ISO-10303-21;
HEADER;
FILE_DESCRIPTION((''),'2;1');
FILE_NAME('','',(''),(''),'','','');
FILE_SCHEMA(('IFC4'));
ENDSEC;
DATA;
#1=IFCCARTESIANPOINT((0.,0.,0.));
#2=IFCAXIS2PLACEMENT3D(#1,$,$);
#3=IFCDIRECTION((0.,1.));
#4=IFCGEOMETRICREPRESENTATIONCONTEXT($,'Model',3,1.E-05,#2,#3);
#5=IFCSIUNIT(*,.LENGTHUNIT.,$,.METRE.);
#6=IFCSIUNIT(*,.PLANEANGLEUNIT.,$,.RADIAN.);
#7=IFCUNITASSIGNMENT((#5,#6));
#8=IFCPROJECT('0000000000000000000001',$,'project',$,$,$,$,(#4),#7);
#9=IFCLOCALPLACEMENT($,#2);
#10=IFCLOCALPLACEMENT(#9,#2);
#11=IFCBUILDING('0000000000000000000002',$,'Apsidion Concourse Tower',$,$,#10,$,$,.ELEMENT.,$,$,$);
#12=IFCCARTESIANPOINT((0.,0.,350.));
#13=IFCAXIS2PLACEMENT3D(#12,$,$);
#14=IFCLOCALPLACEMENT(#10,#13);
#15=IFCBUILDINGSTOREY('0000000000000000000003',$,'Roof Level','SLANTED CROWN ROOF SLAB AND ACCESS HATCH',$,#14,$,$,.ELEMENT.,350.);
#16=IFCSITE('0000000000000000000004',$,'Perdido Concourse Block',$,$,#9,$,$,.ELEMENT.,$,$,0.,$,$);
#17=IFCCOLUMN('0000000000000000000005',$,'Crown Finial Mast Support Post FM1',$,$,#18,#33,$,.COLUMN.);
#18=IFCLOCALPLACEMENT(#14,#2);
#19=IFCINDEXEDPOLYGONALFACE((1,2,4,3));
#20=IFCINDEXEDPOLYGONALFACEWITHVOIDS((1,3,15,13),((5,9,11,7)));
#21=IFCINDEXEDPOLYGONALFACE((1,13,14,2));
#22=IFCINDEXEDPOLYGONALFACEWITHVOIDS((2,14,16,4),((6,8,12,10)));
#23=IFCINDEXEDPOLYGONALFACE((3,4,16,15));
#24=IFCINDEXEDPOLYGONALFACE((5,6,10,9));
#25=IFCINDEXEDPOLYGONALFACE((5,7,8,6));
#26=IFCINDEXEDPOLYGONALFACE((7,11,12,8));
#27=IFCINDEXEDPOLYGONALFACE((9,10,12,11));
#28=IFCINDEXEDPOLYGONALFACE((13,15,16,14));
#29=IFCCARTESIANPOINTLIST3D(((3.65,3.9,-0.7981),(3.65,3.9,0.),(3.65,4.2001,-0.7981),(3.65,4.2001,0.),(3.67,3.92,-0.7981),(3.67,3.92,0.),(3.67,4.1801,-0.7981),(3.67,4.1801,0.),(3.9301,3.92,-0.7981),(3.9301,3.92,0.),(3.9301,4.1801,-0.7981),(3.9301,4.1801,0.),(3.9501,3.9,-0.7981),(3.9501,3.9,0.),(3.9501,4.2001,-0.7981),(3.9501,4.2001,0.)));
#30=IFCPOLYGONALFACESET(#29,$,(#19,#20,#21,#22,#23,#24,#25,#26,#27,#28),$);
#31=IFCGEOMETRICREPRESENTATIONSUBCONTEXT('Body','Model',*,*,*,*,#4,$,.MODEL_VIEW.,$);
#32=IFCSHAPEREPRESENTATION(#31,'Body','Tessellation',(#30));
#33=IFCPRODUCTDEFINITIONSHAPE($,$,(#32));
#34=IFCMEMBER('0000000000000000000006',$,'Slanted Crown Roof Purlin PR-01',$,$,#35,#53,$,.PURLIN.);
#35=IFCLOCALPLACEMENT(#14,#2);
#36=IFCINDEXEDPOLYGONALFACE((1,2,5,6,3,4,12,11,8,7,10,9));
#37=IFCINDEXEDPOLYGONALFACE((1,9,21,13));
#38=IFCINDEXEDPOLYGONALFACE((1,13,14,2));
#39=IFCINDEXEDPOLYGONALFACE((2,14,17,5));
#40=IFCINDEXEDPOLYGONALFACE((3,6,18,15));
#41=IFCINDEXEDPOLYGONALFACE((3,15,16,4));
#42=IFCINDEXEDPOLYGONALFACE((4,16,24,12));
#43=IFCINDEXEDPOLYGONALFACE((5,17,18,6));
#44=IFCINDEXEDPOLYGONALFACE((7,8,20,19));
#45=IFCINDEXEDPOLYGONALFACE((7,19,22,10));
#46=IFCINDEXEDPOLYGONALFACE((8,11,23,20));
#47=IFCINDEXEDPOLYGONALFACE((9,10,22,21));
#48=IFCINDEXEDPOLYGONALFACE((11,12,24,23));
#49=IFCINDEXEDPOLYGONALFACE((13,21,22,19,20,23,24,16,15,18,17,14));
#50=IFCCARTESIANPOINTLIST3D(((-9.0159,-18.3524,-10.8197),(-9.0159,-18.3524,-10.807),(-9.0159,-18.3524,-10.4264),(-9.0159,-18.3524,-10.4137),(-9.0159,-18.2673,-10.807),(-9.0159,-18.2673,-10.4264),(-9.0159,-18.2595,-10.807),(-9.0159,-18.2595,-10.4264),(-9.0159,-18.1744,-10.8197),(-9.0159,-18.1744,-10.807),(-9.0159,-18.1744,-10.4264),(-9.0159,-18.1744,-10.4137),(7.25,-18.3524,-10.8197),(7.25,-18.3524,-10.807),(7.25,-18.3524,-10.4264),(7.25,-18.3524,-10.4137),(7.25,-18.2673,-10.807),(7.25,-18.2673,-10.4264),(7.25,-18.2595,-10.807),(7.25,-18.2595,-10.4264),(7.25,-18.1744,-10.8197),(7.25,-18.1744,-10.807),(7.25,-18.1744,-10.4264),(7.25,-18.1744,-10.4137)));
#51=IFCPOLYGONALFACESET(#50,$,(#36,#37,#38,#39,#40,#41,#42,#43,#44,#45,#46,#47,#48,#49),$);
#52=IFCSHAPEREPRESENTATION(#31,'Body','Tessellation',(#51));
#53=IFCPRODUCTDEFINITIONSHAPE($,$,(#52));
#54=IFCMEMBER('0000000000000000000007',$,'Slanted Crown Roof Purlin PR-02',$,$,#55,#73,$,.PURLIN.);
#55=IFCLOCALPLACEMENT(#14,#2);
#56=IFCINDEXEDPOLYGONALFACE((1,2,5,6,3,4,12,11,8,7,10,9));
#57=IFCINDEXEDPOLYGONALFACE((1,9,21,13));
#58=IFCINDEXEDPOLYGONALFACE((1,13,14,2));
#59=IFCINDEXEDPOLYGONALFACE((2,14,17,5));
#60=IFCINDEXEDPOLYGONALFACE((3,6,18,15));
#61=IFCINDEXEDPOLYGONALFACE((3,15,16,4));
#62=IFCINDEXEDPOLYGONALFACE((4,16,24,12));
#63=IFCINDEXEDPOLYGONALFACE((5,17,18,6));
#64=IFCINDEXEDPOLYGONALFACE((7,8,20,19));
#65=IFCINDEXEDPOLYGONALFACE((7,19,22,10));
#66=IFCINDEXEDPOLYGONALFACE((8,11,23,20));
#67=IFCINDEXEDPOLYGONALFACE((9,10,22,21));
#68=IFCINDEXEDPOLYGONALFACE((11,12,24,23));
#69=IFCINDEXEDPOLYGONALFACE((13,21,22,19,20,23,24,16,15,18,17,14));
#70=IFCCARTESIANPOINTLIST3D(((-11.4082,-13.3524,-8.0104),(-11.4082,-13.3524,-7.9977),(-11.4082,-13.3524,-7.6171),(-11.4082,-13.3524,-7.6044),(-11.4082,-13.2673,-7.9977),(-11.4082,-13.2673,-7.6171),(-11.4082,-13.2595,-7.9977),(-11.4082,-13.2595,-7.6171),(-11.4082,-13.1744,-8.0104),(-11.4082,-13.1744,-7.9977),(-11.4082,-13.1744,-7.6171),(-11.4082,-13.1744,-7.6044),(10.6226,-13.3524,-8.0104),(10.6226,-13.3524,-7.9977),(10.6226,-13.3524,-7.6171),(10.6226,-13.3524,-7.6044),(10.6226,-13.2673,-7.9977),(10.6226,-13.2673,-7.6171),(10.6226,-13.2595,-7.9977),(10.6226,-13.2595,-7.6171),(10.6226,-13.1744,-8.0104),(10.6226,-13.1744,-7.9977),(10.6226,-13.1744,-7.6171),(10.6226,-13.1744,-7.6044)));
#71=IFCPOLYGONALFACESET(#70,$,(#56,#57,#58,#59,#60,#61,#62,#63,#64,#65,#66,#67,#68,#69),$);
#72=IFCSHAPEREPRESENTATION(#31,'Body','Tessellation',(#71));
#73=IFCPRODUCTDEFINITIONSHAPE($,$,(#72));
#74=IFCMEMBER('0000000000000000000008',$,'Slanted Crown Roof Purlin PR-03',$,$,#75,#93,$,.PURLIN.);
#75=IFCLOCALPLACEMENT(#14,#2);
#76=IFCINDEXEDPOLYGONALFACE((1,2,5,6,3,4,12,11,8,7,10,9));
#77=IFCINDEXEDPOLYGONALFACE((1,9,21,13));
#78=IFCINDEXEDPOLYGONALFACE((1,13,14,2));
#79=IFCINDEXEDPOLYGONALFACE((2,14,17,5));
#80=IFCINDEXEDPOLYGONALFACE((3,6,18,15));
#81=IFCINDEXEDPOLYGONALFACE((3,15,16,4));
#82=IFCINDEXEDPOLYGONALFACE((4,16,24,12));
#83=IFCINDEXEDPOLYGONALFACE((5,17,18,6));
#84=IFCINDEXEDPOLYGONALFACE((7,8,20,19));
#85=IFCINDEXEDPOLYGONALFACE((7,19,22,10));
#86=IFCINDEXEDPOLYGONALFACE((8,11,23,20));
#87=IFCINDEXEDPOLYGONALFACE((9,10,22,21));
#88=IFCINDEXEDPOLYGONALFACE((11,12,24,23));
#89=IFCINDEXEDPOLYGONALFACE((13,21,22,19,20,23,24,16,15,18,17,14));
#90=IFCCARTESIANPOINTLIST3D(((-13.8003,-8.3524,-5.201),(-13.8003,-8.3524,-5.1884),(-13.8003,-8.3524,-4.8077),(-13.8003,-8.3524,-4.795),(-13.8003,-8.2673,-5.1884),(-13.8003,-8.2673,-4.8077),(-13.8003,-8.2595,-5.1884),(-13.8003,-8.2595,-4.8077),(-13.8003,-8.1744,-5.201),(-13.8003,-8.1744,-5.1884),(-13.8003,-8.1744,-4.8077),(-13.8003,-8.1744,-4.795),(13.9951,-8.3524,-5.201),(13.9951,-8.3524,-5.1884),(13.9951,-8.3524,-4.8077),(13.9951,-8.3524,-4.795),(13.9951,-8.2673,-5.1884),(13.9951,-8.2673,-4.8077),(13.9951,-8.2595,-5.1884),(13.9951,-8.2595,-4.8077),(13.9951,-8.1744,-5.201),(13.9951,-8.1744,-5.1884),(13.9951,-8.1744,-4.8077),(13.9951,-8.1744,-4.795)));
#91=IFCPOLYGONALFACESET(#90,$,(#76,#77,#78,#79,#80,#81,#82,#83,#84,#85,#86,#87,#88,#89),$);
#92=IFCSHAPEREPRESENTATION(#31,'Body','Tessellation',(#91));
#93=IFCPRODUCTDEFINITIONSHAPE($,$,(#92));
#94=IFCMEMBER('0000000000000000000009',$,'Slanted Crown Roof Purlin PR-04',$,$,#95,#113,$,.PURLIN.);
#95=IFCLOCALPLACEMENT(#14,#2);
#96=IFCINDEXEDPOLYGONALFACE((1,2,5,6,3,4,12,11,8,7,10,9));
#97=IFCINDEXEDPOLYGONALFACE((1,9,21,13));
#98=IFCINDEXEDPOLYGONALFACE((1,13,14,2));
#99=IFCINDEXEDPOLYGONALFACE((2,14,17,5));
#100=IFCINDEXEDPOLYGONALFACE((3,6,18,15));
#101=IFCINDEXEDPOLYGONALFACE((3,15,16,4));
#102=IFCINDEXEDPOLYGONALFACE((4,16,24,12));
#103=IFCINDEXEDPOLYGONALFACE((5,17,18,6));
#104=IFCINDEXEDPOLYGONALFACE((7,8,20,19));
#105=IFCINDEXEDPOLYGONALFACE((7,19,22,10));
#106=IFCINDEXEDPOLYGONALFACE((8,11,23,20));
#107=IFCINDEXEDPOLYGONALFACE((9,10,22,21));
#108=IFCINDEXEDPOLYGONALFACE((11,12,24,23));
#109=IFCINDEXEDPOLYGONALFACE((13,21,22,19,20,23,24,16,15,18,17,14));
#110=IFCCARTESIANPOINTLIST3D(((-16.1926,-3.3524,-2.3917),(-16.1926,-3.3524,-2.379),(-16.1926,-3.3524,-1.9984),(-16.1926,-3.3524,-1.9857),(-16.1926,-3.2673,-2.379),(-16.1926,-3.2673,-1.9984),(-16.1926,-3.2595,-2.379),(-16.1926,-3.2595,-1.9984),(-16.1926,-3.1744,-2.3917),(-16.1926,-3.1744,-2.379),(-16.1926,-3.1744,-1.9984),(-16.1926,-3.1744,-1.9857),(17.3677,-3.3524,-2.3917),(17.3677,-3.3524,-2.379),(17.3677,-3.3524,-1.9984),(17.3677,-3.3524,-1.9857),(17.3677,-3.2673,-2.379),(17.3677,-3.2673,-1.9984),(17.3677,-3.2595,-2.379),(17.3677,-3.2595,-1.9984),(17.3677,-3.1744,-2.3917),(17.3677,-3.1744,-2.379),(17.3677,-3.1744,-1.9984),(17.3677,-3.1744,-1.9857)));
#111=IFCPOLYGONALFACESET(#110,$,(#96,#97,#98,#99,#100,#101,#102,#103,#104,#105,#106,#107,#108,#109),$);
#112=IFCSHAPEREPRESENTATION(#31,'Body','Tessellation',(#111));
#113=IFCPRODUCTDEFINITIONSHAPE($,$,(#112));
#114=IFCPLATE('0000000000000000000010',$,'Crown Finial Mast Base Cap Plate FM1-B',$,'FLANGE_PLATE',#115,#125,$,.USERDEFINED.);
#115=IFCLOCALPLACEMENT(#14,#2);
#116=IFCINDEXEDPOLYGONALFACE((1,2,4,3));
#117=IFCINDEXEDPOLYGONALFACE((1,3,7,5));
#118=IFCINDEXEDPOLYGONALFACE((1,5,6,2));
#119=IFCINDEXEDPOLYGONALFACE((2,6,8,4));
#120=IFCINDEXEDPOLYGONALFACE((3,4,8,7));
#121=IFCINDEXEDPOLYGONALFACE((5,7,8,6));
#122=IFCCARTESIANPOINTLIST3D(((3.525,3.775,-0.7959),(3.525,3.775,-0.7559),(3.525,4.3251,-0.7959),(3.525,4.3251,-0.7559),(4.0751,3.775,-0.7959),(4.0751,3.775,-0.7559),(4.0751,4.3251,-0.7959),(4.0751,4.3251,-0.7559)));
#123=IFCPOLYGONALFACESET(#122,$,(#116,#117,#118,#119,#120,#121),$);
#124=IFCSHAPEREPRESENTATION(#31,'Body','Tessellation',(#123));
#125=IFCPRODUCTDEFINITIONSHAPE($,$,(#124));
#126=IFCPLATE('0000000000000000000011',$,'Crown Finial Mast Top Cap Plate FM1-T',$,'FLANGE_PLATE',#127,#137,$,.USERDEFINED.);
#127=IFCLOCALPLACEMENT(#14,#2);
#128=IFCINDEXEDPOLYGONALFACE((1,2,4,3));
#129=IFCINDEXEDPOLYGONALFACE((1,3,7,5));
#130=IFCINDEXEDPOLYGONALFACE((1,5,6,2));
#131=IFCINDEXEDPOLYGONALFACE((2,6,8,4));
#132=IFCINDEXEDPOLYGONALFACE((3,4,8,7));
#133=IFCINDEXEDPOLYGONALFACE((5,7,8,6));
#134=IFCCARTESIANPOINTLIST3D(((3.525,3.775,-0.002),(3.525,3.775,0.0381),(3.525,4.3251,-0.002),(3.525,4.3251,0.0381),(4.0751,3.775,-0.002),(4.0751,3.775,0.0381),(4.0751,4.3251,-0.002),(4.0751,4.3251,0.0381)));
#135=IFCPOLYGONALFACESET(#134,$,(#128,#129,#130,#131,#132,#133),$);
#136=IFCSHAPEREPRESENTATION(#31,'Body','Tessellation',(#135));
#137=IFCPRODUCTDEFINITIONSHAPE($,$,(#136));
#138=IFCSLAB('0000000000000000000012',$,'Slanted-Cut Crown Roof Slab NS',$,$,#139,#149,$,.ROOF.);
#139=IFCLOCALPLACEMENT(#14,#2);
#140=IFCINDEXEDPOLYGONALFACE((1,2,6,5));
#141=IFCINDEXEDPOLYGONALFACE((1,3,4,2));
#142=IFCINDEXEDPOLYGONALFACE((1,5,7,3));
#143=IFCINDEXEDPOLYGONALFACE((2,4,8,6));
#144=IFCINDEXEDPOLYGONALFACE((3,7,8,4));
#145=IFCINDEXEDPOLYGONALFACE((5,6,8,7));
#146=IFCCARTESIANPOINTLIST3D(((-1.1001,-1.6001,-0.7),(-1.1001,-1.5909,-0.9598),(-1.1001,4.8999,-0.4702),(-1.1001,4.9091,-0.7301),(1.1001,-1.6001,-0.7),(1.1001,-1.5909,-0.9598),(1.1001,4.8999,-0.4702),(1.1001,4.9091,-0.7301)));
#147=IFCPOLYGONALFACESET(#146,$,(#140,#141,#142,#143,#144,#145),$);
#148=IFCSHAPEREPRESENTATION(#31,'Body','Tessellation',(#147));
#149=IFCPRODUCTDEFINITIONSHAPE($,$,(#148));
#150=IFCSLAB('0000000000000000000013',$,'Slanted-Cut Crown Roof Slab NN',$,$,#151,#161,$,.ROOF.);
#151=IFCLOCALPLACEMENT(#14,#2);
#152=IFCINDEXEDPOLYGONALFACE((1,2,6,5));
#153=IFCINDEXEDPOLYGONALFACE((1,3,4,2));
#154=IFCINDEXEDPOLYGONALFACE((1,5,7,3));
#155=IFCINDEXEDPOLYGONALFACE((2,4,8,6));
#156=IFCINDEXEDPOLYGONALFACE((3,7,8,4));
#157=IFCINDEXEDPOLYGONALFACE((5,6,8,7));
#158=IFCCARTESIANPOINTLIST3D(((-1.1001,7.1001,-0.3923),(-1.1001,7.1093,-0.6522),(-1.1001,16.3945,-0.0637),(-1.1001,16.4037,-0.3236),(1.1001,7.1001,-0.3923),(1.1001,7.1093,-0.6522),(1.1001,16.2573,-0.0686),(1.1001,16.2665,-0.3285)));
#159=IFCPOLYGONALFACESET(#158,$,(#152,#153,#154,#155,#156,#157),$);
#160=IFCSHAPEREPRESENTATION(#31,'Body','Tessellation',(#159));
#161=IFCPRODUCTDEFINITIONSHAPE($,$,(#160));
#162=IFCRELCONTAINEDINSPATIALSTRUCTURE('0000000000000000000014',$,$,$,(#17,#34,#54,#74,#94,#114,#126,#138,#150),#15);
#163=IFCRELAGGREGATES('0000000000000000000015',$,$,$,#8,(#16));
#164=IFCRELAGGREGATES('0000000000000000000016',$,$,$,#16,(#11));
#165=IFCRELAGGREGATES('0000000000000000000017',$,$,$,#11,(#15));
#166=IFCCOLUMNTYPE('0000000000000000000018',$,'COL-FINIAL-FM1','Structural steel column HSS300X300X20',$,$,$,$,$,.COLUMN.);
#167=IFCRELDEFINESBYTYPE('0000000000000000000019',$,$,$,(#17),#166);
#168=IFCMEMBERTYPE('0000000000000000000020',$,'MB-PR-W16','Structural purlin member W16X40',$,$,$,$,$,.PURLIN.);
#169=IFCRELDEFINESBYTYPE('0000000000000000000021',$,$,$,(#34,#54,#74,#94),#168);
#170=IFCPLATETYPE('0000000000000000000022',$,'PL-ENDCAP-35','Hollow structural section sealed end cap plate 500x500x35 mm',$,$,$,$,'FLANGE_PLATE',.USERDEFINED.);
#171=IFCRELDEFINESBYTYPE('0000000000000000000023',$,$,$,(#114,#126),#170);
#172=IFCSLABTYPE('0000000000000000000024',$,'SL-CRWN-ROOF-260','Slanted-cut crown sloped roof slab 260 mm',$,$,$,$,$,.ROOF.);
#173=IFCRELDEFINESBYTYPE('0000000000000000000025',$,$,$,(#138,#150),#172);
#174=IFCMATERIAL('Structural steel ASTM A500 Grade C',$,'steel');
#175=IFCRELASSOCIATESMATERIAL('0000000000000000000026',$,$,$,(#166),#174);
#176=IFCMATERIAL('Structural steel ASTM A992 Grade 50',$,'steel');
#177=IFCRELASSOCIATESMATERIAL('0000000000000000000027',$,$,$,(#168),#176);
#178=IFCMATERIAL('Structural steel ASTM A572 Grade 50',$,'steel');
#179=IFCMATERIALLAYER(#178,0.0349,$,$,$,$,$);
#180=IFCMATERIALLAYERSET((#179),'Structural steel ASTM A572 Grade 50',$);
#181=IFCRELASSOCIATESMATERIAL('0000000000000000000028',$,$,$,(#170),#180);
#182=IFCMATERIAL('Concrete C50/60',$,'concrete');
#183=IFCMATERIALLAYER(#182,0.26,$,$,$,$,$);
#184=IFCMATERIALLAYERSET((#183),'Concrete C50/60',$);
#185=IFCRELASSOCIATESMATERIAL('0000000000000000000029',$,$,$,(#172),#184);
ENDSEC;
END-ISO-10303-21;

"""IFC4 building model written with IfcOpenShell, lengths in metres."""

from ifc_helpers import new_model, si_unit, direction, frame, origin, origin_2d, place, context, subcontext, project, spatial, polyline, rectangle, hollow_rectangle, i_section, outline, extrude, material, layer, layer_set, material_profile, profile_set, type_object, element, save


model = new_model("IFC4")

# Units and contexts
model_context = context("Model", 3, precision=1e-05, world=origin(), true_north=direction((0.0, 1.0)))
body_context = subcontext(model_context, "Body", "Model", "MODEL_VIEW")
ifc_project = project(units=[si_unit("LENGTHUNIT", "METRE"), si_unit("PLANEANGLEUNIT", "RADIAN")], contexts=[model_context])

# Site, building, storey
site_placement = place(None, origin())
site = spatial("IfcSite", under=ifc_project, at=site_placement, Name="Perdido Concourse Block", CompositionType="ELEMENT", RefElevation=0.0)
building_placement = place(site_placement, origin())
building = spatial("IfcBuilding", under=site, at=building_placement, Name="Apsidion Concourse Tower", CompositionType="ELEMENT")
storey_placement = place(building_placement, frame((0.0, 0.0, 350.0)))
storey = spatial("IfcBuildingStorey", under=building, at=storey_placement, Name="Roof Level", Description="SLANTED CROWN ROOF SLAB AND ACCESS HATCH", CompositionType="ELEMENT", Elevation=350.0)

# Column
ifc_material_1 = material(Name="Structural steel ASTM A500 Grade C", Category="steel")
ifc_material_profile_1 = material_profile(ifc_material_1, hollow_rectangle(XDim=0.3, YDim=0.3, WallThickness=0.02, at=origin_2d()), Name="HSS300X300X20")
ifc_profile_set_1 = profile_set([ifc_material_profile_1], Name="Structural steel ASTM A500 Grade C")
column_type = type_object("IfcColumnType", Name="COL-FINIAL-FM1", Description="Structural steel column HSS300X300X20", PredefinedType="COLUMN", material=ifc_profile_set_1)
column_placement = place(storey_placement, frame((3.8, 4.05, -0.7981), z_axis=(0.0, 0.0, 1.0), x_axis=(1.0, 0.0, 0.0)))
element("IfcColumn", 1, at=column_placement, inside=storey, type_object=column_type, Name="Crown Finial Mast Support Post FM1", PredefinedType="COLUMN", context=body_context, shape_type="SweptSolid", body=[
    extrude(hollow_rectangle(XDim=0.3, YDim=0.3, WallThickness=0.02, at=origin_2d()), origin(), (0.0, 0.0, 1.0), 0.7981),
])

# Members
ifc_material_2 = material(Name="Structural steel ASTM A992 Grade 50", Category="steel")
ifc_material_profile_2 = material_profile(ifc_material_2, i_section(OverallWidth=0.178, OverallDepth=0.406, WebThickness=0.0078, FlangeThickness=0.0127, at=origin_2d()), Name="W16X40")
ifc_profile_set_2 = profile_set([ifc_material_profile_2], Name="Structural steel ASTM A992 Grade 50")
member_type = type_object("IfcMemberType", Name="MB-PR-W16", Description="Structural purlin member W16X40", PredefinedType="PURLIN", material=ifc_profile_set_2)
member_1_placement = place(storey_placement, frame((-9.0159, -18.2634, -10.6167), z_axis=(1.0, 0.0, 0.0), x_axis=(0.0, 1.0, 0.0)))
element("IfcMember", 2, at=member_1_placement, inside=storey, type_object=member_type, Name="Slanted Crown Roof Purlin PR-01", PredefinedType="PURLIN", context=body_context, shape_type="SweptSolid", body=[
    extrude(i_section(OverallWidth=0.178, OverallDepth=0.406, WebThickness=0.0078, FlangeThickness=0.0127, at=origin_2d()), origin(), (0.0, 0.0, 1.0), 16.2659),
])
member_2_placement = place(storey_placement, frame((-11.4082, -13.2634, -7.8074), z_axis=(1.0, 0.0, 0.0), x_axis=(0.0, 1.0, 0.0)))
element("IfcMember", 3, at=member_2_placement, inside=storey, type_object=member_type, Name="Slanted Crown Roof Purlin PR-02", PredefinedType="PURLIN", context=body_context, shape_type="SweptSolid", body=[
    extrude(i_section(OverallWidth=0.178, OverallDepth=0.406, WebThickness=0.0078, FlangeThickness=0.0127, at=origin_2d()), origin(), (0.0, 0.0, 1.0), 22.0308),
])
member_3_placement = place(storey_placement, frame((-13.8003, -8.2634, -4.998), z_axis=(1.0, 0.0, 0.0), x_axis=(0.0, 1.0, 0.0)))
element("IfcMember", 4, at=member_3_placement, inside=storey, type_object=member_type, Name="Slanted Crown Roof Purlin PR-03", PredefinedType="PURLIN", context=body_context, shape_type="SweptSolid", body=[
    extrude(i_section(OverallWidth=0.178, OverallDepth=0.406, WebThickness=0.0078, FlangeThickness=0.0127, at=origin_2d()), origin(), (0.0, 0.0, 1.0), 27.7954),
])
member_4_placement = place(storey_placement, frame((-16.1926, -3.2634, -2.1887), z_axis=(1.0, 0.0, 0.0), x_axis=(0.0, 1.0, 0.0)))
element("IfcMember", 5, at=member_4_placement, inside=storey, type_object=member_type, Name="Slanted Crown Roof Purlin PR-04", PredefinedType="PURLIN", context=body_context, shape_type="SweptSolid", body=[
    extrude(i_section(OverallWidth=0.178, OverallDepth=0.406, WebThickness=0.0078, FlangeThickness=0.0127, at=origin_2d()), origin(), (0.0, 0.0, 1.0), 33.5603),
])

# Plates
ifc_material_3 = material(Name="Structural steel ASTM A572 Grade 50", Category="steel")
ifc_layer_1 = layer(ifc_material_3, 0.0349)
ifc_layer_set_1 = layer_set([ifc_layer_1], Name="Structural steel ASTM A572 Grade 50")
plate_type = type_object("IfcPlateType", Name="PL-ENDCAP-35", Description="Hollow structural section sealed end cap plate 500x500x35 mm", ElementType="FLANGE_PLATE", PredefinedType="USERDEFINED", material=ifc_layer_set_1)
for number, where, z_axis, x_axis, name in (
    (6, (3.8, 4.05, -0.7959), (0.0, 0.0, 1.0), (1.0, 0.0, 0.0), "Crown Finial Mast Base Cap Plate FM1-B"),
    (7, (3.8, 4.05, -0.002), (0.0, 0.0, 1.0), (1.0, 0.0, 0.0), "Crown Finial Mast Top Cap Plate FM1-T"),
):
    element("IfcPlate", number, at=place(storey_placement, frame(where, z_axis=z_axis, x_axis=x_axis)), inside=storey, type_object=plate_type, Name=name, ObjectType="FLANGE_PLATE", PredefinedType="USERDEFINED", context=body_context, shape_type="SweptSolid", body=[
        extrude(rectangle(XDim=0.55, YDim=0.55, at=origin_2d()), origin(), (0.0, 0.0, 1.0), 0.04),
    ])

# Slabs
ifc_material_4 = material(Name="Concrete C50/60", Category="concrete")
ifc_layer_2 = layer(ifc_material_4, 0.26)
ifc_layer_set_2 = layer_set([ifc_layer_2], Name="Concrete C50/60")
slab_type_1 = type_object("IfcSlabType", Name="SL-CRWN-ROOF-260", Description="Slanted-cut crown sloped roof slab 260 mm", PredefinedType="ROOF", material=ifc_layer_set_2)
slab_1_placement = place(storey_placement, frame((-1.1001, -1.6001, -0.7), z_axis=(0.0, -0.035322, 0.999376), x_axis=(0.0, 0.999376, 0.035322)))
element("IfcSlab", 8, at=slab_1_placement, inside=storey, type_object=slab_type_1, Name="Slanted-Cut Crown Roof Slab NS", PredefinedType="ROOF", context=body_context, shape_type="SweptSolid", body=[
    extrude(outline(polyline([(0.0, 0.0), (6.5041, 0.0), (6.5041, -2.2002), (0.0, -2.2002), (0.0, 0.0)])), origin(), (0.0, 0.0, -1.0), 0.26),
])
slab_2_placement = place(storey_placement, frame((1.1001, 16.2573, -0.0686), z_axis=(0.000007, -0.035332, 0.999376), x_axis=(0.0, -0.999376, -0.035332)))
element("IfcSlab", 9, at=slab_2_placement, inside=storey, type_object=slab_type_1, Name="Slanted-Cut Crown Roof Slab NN", PredefinedType="ROOF", context=body_context, shape_type="SweptSolid", body=[
    extrude(outline(polyline([(0.0, 0.0), (9.1629, 0.0), (9.1629, -2.2002), (-0.1373, -2.2002), (0.0, 0.0)])), origin(), (0.0, 0.0, -1.0), 0.26),
])

save(model, "model.ifc")
